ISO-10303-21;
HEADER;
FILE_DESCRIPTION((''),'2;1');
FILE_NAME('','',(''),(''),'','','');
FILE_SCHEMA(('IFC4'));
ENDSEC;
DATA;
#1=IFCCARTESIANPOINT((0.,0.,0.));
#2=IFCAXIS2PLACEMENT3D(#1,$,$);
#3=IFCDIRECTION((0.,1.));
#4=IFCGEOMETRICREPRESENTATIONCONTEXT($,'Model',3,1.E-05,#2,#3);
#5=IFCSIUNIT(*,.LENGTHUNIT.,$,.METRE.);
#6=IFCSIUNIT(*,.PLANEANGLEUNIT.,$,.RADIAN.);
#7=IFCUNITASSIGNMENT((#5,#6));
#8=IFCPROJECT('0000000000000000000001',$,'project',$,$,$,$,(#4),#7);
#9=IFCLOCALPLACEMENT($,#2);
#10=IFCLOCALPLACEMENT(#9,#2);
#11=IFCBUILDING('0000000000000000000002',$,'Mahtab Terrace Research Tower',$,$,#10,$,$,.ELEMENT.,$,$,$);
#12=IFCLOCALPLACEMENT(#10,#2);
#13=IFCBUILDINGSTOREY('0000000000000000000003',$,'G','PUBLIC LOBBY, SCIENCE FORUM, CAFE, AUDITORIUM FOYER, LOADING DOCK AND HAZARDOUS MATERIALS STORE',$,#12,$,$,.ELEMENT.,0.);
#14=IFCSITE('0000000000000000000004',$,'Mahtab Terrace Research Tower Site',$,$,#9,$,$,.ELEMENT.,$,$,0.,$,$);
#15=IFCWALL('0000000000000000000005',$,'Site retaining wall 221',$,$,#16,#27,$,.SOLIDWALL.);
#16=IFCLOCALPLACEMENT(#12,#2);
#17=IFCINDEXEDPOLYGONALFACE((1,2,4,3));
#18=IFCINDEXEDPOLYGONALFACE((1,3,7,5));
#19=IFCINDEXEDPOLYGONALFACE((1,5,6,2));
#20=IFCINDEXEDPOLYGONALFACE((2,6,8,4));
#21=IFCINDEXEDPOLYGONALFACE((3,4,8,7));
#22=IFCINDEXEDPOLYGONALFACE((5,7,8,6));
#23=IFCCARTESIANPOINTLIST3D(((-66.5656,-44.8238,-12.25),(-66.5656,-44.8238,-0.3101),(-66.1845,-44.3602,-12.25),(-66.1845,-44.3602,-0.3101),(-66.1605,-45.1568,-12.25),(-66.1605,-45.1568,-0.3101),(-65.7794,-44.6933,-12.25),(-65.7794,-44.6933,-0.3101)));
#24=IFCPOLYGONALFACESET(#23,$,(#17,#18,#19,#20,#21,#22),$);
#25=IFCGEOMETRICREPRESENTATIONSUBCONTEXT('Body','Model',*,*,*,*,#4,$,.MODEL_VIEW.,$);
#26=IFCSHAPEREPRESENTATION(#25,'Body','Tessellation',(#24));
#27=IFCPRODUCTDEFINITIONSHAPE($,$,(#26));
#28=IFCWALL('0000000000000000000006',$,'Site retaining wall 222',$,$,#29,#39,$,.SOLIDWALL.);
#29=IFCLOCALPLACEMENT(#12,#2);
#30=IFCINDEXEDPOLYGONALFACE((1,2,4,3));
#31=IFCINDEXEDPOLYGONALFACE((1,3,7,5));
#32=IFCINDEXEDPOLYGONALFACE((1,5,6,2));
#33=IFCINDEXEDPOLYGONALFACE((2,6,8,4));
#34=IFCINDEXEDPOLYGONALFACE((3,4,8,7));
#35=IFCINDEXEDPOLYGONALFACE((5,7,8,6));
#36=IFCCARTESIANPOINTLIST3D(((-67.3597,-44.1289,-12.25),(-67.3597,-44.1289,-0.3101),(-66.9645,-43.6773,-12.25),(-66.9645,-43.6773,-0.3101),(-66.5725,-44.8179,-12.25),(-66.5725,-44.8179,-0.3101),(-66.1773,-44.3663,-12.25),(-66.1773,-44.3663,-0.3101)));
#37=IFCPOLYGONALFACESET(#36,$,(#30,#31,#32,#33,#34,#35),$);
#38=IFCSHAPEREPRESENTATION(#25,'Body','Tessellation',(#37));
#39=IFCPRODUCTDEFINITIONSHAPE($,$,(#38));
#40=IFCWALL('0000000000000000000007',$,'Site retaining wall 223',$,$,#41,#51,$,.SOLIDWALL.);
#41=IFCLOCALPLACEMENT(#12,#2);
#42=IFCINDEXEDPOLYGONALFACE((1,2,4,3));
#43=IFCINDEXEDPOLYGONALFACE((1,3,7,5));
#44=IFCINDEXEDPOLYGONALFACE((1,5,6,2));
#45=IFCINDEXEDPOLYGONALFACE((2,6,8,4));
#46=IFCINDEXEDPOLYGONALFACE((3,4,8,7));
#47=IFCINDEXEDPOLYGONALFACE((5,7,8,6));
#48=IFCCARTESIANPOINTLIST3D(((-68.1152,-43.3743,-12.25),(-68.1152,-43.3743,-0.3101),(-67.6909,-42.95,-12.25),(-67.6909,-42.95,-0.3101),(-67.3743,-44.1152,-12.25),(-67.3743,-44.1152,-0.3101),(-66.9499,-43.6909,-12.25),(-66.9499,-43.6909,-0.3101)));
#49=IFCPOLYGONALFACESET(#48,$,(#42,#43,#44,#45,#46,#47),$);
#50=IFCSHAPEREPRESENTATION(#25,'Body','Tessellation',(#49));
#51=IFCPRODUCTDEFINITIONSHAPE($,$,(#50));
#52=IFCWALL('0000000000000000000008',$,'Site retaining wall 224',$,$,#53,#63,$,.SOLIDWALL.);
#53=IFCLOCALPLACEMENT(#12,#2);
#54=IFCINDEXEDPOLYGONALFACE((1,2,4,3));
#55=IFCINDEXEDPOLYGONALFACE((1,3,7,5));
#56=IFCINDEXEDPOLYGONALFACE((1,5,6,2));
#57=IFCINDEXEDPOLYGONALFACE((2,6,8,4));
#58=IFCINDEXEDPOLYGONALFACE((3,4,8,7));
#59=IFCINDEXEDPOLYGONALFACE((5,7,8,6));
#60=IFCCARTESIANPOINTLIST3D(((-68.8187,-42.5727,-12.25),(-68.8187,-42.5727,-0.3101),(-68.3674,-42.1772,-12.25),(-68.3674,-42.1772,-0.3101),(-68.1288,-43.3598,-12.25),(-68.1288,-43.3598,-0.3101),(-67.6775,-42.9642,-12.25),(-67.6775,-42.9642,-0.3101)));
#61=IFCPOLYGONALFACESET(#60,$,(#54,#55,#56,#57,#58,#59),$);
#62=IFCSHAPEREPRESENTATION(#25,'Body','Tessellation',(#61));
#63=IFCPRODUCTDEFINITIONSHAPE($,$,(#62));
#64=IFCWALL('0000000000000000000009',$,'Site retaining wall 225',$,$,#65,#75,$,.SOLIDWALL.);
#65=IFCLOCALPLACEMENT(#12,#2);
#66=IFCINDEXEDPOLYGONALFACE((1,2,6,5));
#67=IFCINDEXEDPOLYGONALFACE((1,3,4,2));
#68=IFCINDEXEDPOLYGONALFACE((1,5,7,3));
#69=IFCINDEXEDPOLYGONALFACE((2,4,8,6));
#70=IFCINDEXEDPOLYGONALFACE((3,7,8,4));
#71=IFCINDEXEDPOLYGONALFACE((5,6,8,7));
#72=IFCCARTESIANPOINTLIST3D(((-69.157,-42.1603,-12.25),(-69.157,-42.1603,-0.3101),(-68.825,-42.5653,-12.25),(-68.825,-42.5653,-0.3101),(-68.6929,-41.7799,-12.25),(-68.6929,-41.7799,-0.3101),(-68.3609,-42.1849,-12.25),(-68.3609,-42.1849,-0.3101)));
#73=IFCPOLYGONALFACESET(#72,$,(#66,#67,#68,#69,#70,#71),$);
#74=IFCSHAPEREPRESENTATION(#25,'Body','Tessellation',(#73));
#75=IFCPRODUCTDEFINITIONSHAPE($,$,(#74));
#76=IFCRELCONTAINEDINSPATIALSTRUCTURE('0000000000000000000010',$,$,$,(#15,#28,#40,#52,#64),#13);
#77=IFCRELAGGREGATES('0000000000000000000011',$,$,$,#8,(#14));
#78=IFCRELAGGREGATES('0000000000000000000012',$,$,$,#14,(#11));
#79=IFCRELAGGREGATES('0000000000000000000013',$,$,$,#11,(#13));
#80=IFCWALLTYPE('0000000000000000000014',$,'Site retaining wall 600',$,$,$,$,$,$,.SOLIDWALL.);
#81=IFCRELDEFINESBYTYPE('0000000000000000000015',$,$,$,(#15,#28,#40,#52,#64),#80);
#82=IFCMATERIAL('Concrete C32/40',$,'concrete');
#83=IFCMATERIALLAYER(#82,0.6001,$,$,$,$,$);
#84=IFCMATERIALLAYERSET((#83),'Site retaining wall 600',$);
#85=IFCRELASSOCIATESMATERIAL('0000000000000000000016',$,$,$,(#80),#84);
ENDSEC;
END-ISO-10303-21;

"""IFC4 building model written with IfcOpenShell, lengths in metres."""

from ifc_helpers import new_model, si_unit, direction, frame, frame_2d, origin, place, context, subcontext, project, spatial, rectangle, extrude, material, layer, layer_set, type_object, element, save


model = new_model("IFC4")

# Units and contexts
model_context = context("Model", 3, precision=1e-05, world=origin(), true_north=direction((0.0, 1.0)))
body_context = subcontext(model_context, "Body", "Model", "MODEL_VIEW")
ifc_project = project(units=[si_unit("LENGTHUNIT", "METRE"), si_unit("PLANEANGLEUNIT", "RADIAN")], contexts=[model_context])

# Site, building, storey
site_placement = place(None, origin())
site = spatial("IfcSite", under=ifc_project, at=site_placement, Name="Mahtab Terrace Research Tower Site", CompositionType="ELEMENT", RefElevation=0.0)
building_placement = place(site_placement, origin())
building = spatial("IfcBuilding", under=site, at=building_placement, Name="Mahtab Terrace Research Tower", CompositionType="ELEMENT")
storey_placement = place(building_placement, origin())
storey = spatial("IfcBuildingStorey", under=building, at=storey_placement, Name="G", Description="PUBLIC LOBBY, SCIENCE FORUM, CAFE, AUDITORIUM FOYER, LOADING DOCK AND HAZARDOUS MATERIALS STORE", CompositionType="ELEMENT", Elevation=0.0)

# Walls
ifc_material = material(Name="Concrete C32/40", Category="concrete")
ifc_layer = layer(ifc_material, 0.6001)
ifc_layer_set = layer_set([ifc_layer], Name="Site retaining wall 600")
wall_type = type_object("IfcWallType", Name="Site retaining wall 600", PredefinedType="SOLIDWALL", material=ifc_layer_set)
wall_1_placement = place(storey_placement, frame((-65.97, -44.925, -12.25), z_axis=(0.0, 0.0, 1.0), x_axis=(-0.772441, 0.635087, 0.0)))
element("IfcWall", 1, at=wall_1_placement, inside=storey, type_object=wall_type, Name="Site retaining wall 221", PredefinedType="SOLIDWALL", context=body_context, shape_type="SweptSolid", body=[
    extrude(rectangle(XDim=0.5244, YDim=0.6001, at=frame_2d((0.2622, 0.0))), origin(), (0.0, 0.0, 1.0), 11.9399),
])
wall_2_placement = place(storey_placement, frame((-66.375, -44.592, -12.25), z_axis=(0.0, 0.0, 1.0), x_axis=(-0.752461, 0.658637, 0.0)))
element("IfcWall", 2, at=wall_2_placement, inside=storey, type_object=wall_type, Name="Site retaining wall 222", PredefinedType="SOLIDWALL", context=body_context, shape_type="SweptSolid", body=[
    extrude(rectangle(XDim=1.0461, YDim=0.6001, at=frame_2d((0.5229, 0.0))), origin(), (0.0, 0.0, 1.0), 11.9399),
])
wall_3_placement = place(storey_placement, frame((-67.1621, -43.9031, -12.25), z_axis=(0.0, 0.0, 1.0), x_axis=(-0.707107, 0.707107, 0.0)))
element("IfcWall", 3, at=wall_3_placement, inside=storey, type_object=wall_type, Name="Site retaining wall 223", PredefinedType="SOLIDWALL", context=body_context, shape_type="SweptSolid", body=[
    extrude(rectangle(XDim=1.0479, YDim=0.6001, at=frame_2d((0.5239, 0.0))), origin(), (0.0, 0.0, 1.0), 11.9399),
])
wall_4_placement = place(storey_placement, frame((-67.9031, -43.1621, -12.25), z_axis=(0.0, 0.0, 1.0), x_axis=(-0.659165, 0.751998, 0.0)))
element("IfcWall", 4, at=wall_4_placement, inside=storey, type_object=wall_type, Name="Site retaining wall 224", PredefinedType="SOLIDWALL", context=body_context, shape_type="SweptSolid", body=[
    extrude(rectangle(XDim=1.0466, YDim=0.6001, at=frame_2d((0.5234, 0.0))), origin(), (0.0, 0.0, 1.0), 11.9399),
])
wall_5_placement = place(storey_placement, frame((-68.593, -42.375, -12.25), z_axis=(0.0, 0.0, 1.0), x_axis=(-0.633974, 0.773355, 0.0)))
element("IfcWall", 5, at=wall_5_placement, inside=storey, type_object=wall_type, Name="Site retaining wall 225", PredefinedType="SOLIDWALL", context=body_context, shape_type="SweptSolid", body=[
    extrude(rectangle(XDim=0.5237, YDim=0.6001, at=frame_2d((0.2617, 0.0))), origin(), (0.0, 0.0, 1.0), 11.9399),
])

save(model, "model.ifc")
